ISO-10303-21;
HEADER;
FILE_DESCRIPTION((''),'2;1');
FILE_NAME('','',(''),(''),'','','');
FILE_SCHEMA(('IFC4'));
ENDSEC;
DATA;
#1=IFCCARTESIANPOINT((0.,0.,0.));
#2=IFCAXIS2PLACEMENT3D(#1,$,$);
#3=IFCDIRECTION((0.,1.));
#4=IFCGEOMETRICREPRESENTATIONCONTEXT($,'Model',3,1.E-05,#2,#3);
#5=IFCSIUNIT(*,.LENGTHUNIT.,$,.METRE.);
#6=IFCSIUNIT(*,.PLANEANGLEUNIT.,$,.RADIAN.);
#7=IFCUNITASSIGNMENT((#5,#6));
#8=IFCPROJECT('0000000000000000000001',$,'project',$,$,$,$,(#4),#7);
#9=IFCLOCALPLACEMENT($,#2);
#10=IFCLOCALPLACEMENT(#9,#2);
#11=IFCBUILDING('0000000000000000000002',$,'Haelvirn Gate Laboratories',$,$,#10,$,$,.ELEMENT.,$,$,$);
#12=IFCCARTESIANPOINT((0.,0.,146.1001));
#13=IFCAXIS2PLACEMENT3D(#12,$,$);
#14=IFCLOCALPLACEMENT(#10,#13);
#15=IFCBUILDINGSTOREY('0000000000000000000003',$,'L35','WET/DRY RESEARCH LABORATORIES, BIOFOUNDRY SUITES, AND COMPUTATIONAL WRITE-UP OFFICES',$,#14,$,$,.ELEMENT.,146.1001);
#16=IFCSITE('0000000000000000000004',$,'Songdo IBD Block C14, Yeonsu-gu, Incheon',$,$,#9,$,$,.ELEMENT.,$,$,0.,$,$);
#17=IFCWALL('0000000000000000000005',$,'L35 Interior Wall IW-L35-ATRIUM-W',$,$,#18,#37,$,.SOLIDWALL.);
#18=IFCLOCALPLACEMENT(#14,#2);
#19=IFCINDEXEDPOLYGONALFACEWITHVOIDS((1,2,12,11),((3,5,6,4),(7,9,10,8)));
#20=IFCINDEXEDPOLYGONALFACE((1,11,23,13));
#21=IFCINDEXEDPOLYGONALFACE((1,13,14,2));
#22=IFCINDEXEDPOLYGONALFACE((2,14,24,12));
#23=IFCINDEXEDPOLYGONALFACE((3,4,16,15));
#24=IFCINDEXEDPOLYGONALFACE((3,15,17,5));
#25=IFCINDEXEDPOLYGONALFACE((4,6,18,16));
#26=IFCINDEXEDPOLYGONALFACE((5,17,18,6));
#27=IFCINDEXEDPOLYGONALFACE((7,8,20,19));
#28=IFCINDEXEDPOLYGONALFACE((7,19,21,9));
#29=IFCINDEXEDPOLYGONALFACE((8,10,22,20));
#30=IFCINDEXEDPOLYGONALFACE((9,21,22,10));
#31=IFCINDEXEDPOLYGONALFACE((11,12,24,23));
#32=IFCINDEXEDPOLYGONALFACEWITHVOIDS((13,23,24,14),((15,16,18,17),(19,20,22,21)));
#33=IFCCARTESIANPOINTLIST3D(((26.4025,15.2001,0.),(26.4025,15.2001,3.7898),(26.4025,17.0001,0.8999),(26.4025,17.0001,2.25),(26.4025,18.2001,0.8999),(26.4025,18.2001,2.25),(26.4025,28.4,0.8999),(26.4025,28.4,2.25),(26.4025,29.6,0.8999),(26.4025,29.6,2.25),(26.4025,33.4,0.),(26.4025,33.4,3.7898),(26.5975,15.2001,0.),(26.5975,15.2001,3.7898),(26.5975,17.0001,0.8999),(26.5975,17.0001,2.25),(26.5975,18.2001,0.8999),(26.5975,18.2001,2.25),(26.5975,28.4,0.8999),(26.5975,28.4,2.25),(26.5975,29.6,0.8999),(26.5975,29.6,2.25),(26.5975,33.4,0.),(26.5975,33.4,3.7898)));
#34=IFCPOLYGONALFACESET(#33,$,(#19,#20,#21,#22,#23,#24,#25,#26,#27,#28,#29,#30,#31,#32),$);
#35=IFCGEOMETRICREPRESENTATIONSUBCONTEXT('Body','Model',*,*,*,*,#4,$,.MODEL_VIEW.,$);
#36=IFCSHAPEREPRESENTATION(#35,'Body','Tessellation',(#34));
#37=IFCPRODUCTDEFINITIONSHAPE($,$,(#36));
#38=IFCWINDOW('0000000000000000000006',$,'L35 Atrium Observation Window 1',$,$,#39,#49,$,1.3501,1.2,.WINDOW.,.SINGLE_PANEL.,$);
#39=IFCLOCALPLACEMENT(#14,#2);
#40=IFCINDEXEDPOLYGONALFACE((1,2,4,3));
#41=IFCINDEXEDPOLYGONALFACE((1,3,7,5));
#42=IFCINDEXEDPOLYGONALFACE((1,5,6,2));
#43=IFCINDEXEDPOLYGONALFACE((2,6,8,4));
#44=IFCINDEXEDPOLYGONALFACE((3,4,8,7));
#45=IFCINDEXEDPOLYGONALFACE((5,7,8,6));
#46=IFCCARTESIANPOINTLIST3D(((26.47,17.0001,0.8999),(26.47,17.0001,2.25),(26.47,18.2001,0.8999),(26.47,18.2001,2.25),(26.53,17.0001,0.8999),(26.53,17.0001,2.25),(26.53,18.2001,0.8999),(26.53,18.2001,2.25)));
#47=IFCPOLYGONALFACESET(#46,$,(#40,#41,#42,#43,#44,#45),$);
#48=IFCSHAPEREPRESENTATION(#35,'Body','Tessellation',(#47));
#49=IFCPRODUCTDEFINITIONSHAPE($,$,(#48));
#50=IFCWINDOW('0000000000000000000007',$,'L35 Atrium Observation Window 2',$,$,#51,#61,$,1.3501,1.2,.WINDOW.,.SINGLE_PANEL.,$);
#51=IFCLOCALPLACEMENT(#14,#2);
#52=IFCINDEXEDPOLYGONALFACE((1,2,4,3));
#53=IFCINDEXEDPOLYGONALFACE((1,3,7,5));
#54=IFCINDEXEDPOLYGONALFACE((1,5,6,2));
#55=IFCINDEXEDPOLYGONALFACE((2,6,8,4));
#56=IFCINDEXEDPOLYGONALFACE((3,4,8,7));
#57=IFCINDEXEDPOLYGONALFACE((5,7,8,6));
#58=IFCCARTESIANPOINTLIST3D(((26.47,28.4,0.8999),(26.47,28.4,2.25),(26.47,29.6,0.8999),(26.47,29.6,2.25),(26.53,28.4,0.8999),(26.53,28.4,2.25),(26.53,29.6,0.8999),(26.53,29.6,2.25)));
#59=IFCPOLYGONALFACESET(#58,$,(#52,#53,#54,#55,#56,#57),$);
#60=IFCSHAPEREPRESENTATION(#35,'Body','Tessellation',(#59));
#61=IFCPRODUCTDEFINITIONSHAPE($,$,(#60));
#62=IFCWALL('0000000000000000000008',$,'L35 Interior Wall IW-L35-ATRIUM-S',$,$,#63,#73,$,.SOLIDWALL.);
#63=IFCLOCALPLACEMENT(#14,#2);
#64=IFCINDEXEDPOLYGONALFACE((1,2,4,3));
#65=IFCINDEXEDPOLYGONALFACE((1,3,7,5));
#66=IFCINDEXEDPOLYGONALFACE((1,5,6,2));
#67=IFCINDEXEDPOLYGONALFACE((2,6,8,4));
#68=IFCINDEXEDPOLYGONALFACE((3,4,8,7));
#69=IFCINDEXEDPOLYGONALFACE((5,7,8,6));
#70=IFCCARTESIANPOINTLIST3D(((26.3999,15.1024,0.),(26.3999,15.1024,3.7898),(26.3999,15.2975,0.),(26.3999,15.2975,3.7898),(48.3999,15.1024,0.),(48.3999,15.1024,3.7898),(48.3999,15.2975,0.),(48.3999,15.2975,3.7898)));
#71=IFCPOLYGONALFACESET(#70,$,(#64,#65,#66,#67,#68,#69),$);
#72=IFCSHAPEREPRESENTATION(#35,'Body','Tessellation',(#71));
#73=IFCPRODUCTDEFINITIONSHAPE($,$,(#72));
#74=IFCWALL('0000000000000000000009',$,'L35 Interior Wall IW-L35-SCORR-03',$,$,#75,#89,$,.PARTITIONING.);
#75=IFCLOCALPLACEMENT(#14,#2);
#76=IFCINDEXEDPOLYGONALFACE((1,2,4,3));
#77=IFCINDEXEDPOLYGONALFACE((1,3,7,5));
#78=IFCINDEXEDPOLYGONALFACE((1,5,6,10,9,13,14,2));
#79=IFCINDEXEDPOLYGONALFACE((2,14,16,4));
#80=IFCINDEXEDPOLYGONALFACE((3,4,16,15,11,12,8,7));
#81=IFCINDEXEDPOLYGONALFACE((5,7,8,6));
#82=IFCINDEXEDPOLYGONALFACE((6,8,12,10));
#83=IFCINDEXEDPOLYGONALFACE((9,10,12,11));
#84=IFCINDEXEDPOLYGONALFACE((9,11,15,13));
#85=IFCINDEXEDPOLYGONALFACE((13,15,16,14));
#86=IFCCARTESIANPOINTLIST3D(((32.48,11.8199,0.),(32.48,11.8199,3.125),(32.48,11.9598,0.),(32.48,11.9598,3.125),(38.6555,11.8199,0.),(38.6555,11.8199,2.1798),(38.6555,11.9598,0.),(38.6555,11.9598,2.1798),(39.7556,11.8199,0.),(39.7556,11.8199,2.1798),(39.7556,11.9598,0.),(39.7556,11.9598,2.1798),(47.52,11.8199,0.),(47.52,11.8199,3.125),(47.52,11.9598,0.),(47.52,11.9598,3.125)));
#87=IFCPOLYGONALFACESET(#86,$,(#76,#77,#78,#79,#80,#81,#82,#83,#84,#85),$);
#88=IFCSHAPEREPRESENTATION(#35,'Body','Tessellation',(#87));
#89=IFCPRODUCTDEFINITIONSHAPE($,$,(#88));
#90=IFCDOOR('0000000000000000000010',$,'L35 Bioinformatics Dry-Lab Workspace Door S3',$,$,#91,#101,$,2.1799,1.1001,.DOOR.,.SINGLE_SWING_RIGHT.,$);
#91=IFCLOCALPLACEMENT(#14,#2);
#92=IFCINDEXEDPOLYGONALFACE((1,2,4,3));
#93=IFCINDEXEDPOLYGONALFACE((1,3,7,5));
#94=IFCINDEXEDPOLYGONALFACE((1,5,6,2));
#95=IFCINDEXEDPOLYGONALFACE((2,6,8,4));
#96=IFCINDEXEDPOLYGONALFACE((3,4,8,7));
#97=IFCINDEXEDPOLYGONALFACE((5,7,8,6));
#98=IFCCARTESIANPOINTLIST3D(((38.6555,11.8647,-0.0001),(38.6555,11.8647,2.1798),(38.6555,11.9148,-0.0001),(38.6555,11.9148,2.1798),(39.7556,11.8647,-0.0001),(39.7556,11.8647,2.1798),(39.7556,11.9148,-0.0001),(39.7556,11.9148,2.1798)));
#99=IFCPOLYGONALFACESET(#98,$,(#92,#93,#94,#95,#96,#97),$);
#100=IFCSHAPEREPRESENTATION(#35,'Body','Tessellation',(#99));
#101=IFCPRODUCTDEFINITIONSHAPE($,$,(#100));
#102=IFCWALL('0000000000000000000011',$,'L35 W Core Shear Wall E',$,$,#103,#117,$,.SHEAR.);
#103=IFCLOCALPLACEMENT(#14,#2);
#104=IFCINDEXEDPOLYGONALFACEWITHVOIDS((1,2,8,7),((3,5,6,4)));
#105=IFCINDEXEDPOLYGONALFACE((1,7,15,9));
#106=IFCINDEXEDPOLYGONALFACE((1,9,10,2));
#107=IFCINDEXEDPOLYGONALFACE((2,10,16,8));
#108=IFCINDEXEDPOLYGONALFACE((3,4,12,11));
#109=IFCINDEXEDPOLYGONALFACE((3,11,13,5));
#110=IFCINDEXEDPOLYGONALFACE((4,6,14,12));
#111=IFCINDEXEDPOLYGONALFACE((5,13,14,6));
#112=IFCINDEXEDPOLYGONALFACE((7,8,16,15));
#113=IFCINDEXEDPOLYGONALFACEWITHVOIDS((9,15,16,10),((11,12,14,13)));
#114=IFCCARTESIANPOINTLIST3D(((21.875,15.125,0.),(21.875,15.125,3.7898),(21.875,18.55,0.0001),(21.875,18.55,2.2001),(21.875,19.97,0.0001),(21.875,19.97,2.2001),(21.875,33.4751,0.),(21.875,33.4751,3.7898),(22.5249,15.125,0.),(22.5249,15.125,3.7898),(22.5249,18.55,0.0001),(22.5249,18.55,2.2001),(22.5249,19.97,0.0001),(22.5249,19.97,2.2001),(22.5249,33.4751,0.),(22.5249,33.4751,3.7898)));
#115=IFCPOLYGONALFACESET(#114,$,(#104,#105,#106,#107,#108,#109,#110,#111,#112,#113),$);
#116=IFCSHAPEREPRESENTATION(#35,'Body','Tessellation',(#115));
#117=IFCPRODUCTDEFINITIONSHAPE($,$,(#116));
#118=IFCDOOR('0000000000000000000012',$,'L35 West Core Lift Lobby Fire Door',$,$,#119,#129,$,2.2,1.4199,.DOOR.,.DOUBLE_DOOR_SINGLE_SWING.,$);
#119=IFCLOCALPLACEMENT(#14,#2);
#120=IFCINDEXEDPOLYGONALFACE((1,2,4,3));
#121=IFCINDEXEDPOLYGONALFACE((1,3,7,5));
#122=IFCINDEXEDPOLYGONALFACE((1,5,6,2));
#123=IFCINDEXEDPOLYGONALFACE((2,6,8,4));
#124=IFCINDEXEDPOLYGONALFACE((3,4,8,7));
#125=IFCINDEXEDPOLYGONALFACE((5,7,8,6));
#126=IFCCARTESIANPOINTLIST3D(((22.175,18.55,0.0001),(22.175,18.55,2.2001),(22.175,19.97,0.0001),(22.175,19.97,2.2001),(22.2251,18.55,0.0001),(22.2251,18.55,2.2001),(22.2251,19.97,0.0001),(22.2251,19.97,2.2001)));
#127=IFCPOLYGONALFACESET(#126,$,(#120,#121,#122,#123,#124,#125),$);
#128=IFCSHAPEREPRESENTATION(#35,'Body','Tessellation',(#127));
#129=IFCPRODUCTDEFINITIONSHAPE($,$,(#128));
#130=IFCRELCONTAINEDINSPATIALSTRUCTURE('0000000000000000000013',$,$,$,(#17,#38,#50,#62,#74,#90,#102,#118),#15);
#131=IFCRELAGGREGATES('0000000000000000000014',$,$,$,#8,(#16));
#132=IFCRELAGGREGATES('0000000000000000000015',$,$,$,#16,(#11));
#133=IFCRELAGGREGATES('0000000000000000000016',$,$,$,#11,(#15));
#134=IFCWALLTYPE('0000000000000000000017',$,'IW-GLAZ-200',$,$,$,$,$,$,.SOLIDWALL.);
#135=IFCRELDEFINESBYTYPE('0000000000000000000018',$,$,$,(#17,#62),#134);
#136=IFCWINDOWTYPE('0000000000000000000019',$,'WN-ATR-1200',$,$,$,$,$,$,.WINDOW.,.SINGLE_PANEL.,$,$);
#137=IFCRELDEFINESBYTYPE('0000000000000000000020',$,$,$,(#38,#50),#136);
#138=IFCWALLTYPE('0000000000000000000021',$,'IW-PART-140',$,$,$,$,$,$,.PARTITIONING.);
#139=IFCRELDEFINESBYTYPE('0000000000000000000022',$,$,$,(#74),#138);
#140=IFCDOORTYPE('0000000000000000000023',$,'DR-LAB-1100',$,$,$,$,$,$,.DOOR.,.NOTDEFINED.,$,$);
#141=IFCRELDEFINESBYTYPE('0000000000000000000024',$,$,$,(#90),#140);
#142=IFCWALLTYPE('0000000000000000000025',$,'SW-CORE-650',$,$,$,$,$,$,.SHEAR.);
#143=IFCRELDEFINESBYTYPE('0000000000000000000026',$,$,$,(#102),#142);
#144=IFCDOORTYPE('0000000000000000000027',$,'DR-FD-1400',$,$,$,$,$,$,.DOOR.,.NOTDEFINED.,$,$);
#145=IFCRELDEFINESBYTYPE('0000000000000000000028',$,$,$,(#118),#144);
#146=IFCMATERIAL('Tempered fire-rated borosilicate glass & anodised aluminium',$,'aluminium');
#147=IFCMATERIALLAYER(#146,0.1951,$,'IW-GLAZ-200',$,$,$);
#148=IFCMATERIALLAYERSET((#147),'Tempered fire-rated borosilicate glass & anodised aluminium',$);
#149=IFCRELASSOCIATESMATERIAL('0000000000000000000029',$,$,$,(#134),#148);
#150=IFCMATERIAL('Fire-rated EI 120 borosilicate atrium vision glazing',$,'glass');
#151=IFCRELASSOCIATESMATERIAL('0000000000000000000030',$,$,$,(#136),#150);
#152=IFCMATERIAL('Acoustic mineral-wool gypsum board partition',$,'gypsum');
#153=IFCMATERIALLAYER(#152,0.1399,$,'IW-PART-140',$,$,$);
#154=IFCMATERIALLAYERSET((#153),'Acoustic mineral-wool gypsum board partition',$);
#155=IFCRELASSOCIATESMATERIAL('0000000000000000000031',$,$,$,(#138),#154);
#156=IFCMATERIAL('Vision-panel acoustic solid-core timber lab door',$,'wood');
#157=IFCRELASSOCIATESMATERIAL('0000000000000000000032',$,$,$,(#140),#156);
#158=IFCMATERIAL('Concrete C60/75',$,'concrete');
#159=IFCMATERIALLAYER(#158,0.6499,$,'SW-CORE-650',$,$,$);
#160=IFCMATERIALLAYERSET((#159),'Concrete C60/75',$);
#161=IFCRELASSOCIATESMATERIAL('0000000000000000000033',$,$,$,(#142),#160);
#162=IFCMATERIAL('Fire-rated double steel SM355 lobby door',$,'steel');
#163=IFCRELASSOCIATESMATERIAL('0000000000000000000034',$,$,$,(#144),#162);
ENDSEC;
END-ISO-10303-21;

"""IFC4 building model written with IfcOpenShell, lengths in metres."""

from ifc_helpers import new_model, si_unit, direction, frame, frame_2d, origin, place, context, subcontext, project, spatial, rectangle, extrude, source, transform, mapped, material, layer, layer_set, type_object, type_shapes, element, fill, save


model = new_model("IFC4")

# Units and contexts
model_context = context("Model", 3, precision=1e-05, world=origin(), true_north=direction((0.0, 1.0)))
body_context = subcontext(model_context, "Body", "Model", "MODEL_VIEW")
ifc_project = project(units=[si_unit("LENGTHUNIT", "METRE"), si_unit("PLANEANGLEUNIT", "RADIAN")], contexts=[model_context])

# Site, building, storey
site_placement = place(None, origin())
site = spatial("IfcSite", under=ifc_project, at=site_placement, Name="Songdo IBD Block C14, Yeonsu-gu, Incheon", CompositionType="ELEMENT", RefElevation=0.0)
building_placement = place(site_placement, origin())
building = spatial("IfcBuilding", under=site, at=building_placement, Name="Haelvirn Gate Laboratories", CompositionType="ELEMENT")
storey_placement = place(building_placement, frame((0.0, 0.0, 146.1001)))
storey = spatial("IfcBuildingStorey", under=building, at=storey_placement, Name="L35", Description="WET/DRY RESEARCH LABORATORIES, BIOFOUNDRY SUITES, AND COMPUTATIONAL WRITE-UP OFFICES", CompositionType="ELEMENT", Elevation=146.1001)

# Shared definitions
ifc_material_1 = material(Name="Concrete C60/75", Category="concrete")

# Wall, openings, windows
ifc_material_2 = material(Name="Tempered fire-rated borosilicate glass & anodised aluminium", Category="aluminium")
ifc_layer_1 = layer(ifc_material_2, 0.1951, Name="IW-GLAZ-200")
ifc_layer_set_1 = layer_set([ifc_layer_1], Name="Tempered fire-rated borosilicate glass & anodised aluminium")
wall_type_1 = type_object("IfcWallType", Name="IW-GLAZ-200", PredefinedType="SOLIDWALL", material=ifc_layer_set_1)
wall_1_placement = place(storey_placement, frame((26.5, 15.2, 0.0), z_axis=(0.0, 0.0, 1.0), x_axis=(0.0, 1.0, 0.0)))
wall_1 = element("IfcWall", 1, at=wall_1_placement, inside=storey, type_object=wall_type_1, Name="L35 Interior Wall IW-L35-ATRIUM-W", PredefinedType="SOLIDWALL", context=body_context, shape_type="SweptSolid", body=[
    extrude(rectangle(XDim=18.2, YDim=0.1951, at=frame_2d((9.1001, 0.0))), origin(), (0.0, 0.0, 1.0), 3.7898),
])
opening_1_placement = place(wall_1_placement, frame((1.8, 0.0, 0.8999)))
opening_1 = element("IfcOpeningElement", 2, at=opening_1_placement, cuts=wall_1, PredefinedType="OPENING", context=body_context, shape_type="SweptSolid", body=[
    extrude(rectangle(XDim=1.2, YDim=1.3501, at=frame_2d((0.6001, 0.675))), frame((0.0, 0.1074, 0.0), z_axis=(0.0, -1.0, 0.0), x_axis=(1.0, 0.0, 0.0)), (0.0, 0.0, 1.0), 0.2151),
])
opening_2_placement = place(wall_1_placement, frame((13.2, 0.0, 0.8999)))
opening_2 = element("IfcOpeningElement", 3, at=opening_2_placement, cuts=wall_1, PredefinedType="OPENING", context=body_context, shape_type="SweptSolid", body=[
    extrude(rectangle(XDim=1.2, YDim=1.3501, at=frame_2d((0.6001, 0.675))), frame((0.0, 0.1074, 0.0), z_axis=(0.0, -1.0, 0.0), x_axis=(1.0, 0.0, 0.0)), (0.0, 0.0, 1.0), 0.2151),
])
ifc_material_3 = material(Name="Fire-rated EI 120 borosilicate atrium vision glazing", Category="glass")
window_type = type_object("IfcWindowType", Name="WN-ATR-1200", PartitioningType="SINGLE_PANEL", PredefinedType="WINDOW", material=ifc_material_3)
shared_shape_1 = source(origin(), body_context, "Body", "SweptSolid", [
    extrude(rectangle(XDim=1.2, YDim=1.3501, at=frame_2d((0.6001, 0.675))), frame((0.0, 0.03, 0.0), z_axis=(0.0, -1.0, 0.0), x_axis=(1.0, 0.0, 0.0)), (0.0, 0.0, 1.0), 0.0601),
])
type_shapes(window_type, [shared_shape_1])
window_1_placement = place(opening_1_placement, origin())
window_1 = element("IfcWindow", 4, at=window_1_placement, inside=storey, type_object=window_type, Name="L35 Atrium Observation Window 1", OverallHeight=1.3501, OverallWidth=1.2, PartitioningType="SINGLE_PANEL", PredefinedType="WINDOW", context=body_context, shape_type="MappedRepresentation", body=[
    mapped(shared_shape_1, transform((0.0, 0.0, 0.0), scale=1.0)),
])
fill(opening_1, window_1)
window_2_placement = place(opening_2_placement, origin())
window_2 = element("IfcWindow", 5, at=window_2_placement, inside=storey, type_object=window_type, Name="L35 Atrium Observation Window 2", OverallHeight=1.3501, OverallWidth=1.2, PartitioningType="SINGLE_PANEL", PredefinedType="WINDOW", context=body_context, shape_type="MappedRepresentation", body=[
    mapped(shared_shape_1, transform((0.0, 0.0, 0.0), scale=1.0)),
])
fill(opening_2, window_2)

# Wall
wall_2_placement = place(storey_placement, frame((26.3999, 15.2, 0.0), z_axis=(0.0, 0.0, 1.0), x_axis=(1.0, 0.0, 0.0)))
element("IfcWall", 6, at=wall_2_placement, inside=storey, type_object=wall_type_1, Name="L35 Interior Wall IW-L35-ATRIUM-S", PredefinedType="SOLIDWALL", context=body_context, shape_type="SweptSolid", body=[
    extrude(rectangle(XDim=22.0, YDim=0.1951, at=frame_2d((11.0, 0.0))), origin(), (0.0, 0.0, 1.0), 3.7898),
])

# Walls, openings, doors
ifc_material_4 = material(Name="Acoustic mineral-wool gypsum board partition", Category="gypsum")
ifc_layer_2 = layer(ifc_material_4, 0.1399, Name="IW-PART-140")
ifc_layer_set_2 = layer_set([ifc_layer_2], Name="Acoustic mineral-wool gypsum board partition")
wall_type_2 = type_object("IfcWallType", Name="IW-PART-140", PredefinedType="PARTITIONING", material=ifc_layer_set_2)
wall_3_placement = place(storey_placement, frame((32.48, 11.8899, 0.0), z_axis=(0.0, 0.0, 1.0), x_axis=(1.0, 0.0, 0.0)))
wall_3 = element("IfcWall", 7, at=wall_3_placement, inside=storey, type_object=wall_type_2, Name="L35 Interior Wall IW-L35-SCORR-03", PredefinedType="PARTITIONING", context=body_context, shape_type="SweptSolid", body=[
    extrude(rectangle(XDim=15.04, YDim=0.1399, at=frame_2d((7.52, 0.0))), origin(), (0.0, 0.0, 1.0), 3.125),
])
opening_3_placement = place(wall_3_placement, frame((6.1755, 0.0, 0.0)))
opening_3 = element("IfcOpeningElement", 8, at=opening_3_placement, cuts=wall_3, PredefinedType="OPENING", context=body_context, shape_type="SweptSolid", body=[
    extrude(rectangle(XDim=1.1001, YDim=2.1799, at=frame_2d((0.55, 1.0898))), frame((0.0, 0.0801, 0.0), z_axis=(0.0, -1.0, 0.0), x_axis=(1.0, 0.0, 0.0)), (0.0, 0.0, 1.0), 0.1599),
])
ifc_material_5 = material(Name="Vision-panel acoustic solid-core timber lab door", Category="wood")
door_type_1 = type_object("IfcDoorType", Name="DR-LAB-1100", OperationType="NOTDEFINED", PredefinedType="DOOR", material=ifc_material_5)
shared_shape_2 = source(origin(), body_context, "Body", "SweptSolid", [
    extrude(rectangle(XDim=1.1001, YDim=2.1799, at=frame_2d((0.55, 1.0898))), frame((0.0, 0.0249, 0.0), z_axis=(0.0, -1.0, 0.0), x_axis=(1.0, 0.0, 0.0)), (0.0, 0.0, 1.0), 0.05),
])
type_shapes(door_type_1, [shared_shape_2])
door_1_placement = place(opening_3_placement, origin())
door_1 = element("IfcDoor", 9, at=door_1_placement, inside=storey, type_object=door_type_1, Name="L35 Bioinformatics Dry-Lab Workspace Door S3", OperationType="SINGLE_SWING_RIGHT", OverallHeight=2.1799, OverallWidth=1.1001, PredefinedType="DOOR", context=body_context, shape_type="MappedRepresentation", body=[
    mapped(shared_shape_2, transform((0.0, 0.0, 0.0), scale=1.0)),
])
fill(opening_3, door_1)
ifc_layer_3 = layer(ifc_material_1, 0.6499, Name="SW-CORE-650")
ifc_layer_set_3 = layer_set([ifc_layer_3], Name="Concrete C60/75")
wall_type_3 = type_object("IfcWallType", Name="SW-CORE-650", PredefinedType="SHEAR", material=ifc_layer_set_3)
wall_4_placement = place(storey_placement, frame((22.2, 15.125, 0.0), z_axis=(0.0, 0.0, 1.0), x_axis=(0.0, 1.0, 0.0)))
wall_4 = element("IfcWall", 10, at=wall_4_placement, inside=storey, type_object=wall_type_3, Name="L35 W Core Shear Wall E", PredefinedType="SHEAR", context=body_context, shape_type="SweptSolid", body=[
    extrude(rectangle(XDim=18.3501, YDim=0.6499, at=frame_2d((9.175, 0.0))), origin(), (0.0, 0.0, 1.0), 3.7898),
])
opening_4_placement = place(wall_4_placement, frame((3.425, 0.0, 0.0)))
opening_4 = element("IfcOpeningElement", 11, at=opening_4_placement, cuts=wall_4, PredefinedType="OPENING", context=body_context, shape_type="SweptSolid", body=[
    extrude(rectangle(XDim=1.4199, YDim=2.2, at=frame_2d((0.71, 1.1001))), frame((0.0, 0.335, 0.0), z_axis=(0.0, -1.0, 0.0), x_axis=(1.0, 0.0, 0.0)), (0.0, 0.0, 1.0), 0.6699),
])
ifc_material_6 = material(Name="Fire-rated double steel SM355 lobby door", Category="steel")
door_type_2 = type_object("IfcDoorType", Name="DR-FD-1400", OperationType="NOTDEFINED", PredefinedType="DOOR", material=ifc_material_6)
shared_shape_3 = source(origin(), body_context, "Body", "SweptSolid", [
    extrude(rectangle(XDim=1.4199, YDim=2.2, at=frame_2d((0.71, 1.1001))), frame((0.0, 0.0249, 0.0), z_axis=(0.0, -1.0, 0.0), x_axis=(1.0, 0.0, 0.0)), (0.0, 0.0, 1.0), 0.05),
])
type_shapes(door_type_2, [shared_shape_3])
door_2_placement = place(opening_4_placement, origin())
door_2 = element("IfcDoor", 12, at=door_2_placement, inside=storey, type_object=door_type_2, Name="L35 West Core Lift Lobby Fire Door", OperationType="DOUBLE_DOOR_SINGLE_SWING", OverallHeight=2.2, OverallWidth=1.4199, PredefinedType="DOOR", context=body_context, shape_type="MappedRepresentation", body=[
    mapped(shared_shape_3, transform((0.0, 0.0, 0.0), scale=1.0)),
])
fill(opening_4, door_2)

save(model, "model.ifc")
